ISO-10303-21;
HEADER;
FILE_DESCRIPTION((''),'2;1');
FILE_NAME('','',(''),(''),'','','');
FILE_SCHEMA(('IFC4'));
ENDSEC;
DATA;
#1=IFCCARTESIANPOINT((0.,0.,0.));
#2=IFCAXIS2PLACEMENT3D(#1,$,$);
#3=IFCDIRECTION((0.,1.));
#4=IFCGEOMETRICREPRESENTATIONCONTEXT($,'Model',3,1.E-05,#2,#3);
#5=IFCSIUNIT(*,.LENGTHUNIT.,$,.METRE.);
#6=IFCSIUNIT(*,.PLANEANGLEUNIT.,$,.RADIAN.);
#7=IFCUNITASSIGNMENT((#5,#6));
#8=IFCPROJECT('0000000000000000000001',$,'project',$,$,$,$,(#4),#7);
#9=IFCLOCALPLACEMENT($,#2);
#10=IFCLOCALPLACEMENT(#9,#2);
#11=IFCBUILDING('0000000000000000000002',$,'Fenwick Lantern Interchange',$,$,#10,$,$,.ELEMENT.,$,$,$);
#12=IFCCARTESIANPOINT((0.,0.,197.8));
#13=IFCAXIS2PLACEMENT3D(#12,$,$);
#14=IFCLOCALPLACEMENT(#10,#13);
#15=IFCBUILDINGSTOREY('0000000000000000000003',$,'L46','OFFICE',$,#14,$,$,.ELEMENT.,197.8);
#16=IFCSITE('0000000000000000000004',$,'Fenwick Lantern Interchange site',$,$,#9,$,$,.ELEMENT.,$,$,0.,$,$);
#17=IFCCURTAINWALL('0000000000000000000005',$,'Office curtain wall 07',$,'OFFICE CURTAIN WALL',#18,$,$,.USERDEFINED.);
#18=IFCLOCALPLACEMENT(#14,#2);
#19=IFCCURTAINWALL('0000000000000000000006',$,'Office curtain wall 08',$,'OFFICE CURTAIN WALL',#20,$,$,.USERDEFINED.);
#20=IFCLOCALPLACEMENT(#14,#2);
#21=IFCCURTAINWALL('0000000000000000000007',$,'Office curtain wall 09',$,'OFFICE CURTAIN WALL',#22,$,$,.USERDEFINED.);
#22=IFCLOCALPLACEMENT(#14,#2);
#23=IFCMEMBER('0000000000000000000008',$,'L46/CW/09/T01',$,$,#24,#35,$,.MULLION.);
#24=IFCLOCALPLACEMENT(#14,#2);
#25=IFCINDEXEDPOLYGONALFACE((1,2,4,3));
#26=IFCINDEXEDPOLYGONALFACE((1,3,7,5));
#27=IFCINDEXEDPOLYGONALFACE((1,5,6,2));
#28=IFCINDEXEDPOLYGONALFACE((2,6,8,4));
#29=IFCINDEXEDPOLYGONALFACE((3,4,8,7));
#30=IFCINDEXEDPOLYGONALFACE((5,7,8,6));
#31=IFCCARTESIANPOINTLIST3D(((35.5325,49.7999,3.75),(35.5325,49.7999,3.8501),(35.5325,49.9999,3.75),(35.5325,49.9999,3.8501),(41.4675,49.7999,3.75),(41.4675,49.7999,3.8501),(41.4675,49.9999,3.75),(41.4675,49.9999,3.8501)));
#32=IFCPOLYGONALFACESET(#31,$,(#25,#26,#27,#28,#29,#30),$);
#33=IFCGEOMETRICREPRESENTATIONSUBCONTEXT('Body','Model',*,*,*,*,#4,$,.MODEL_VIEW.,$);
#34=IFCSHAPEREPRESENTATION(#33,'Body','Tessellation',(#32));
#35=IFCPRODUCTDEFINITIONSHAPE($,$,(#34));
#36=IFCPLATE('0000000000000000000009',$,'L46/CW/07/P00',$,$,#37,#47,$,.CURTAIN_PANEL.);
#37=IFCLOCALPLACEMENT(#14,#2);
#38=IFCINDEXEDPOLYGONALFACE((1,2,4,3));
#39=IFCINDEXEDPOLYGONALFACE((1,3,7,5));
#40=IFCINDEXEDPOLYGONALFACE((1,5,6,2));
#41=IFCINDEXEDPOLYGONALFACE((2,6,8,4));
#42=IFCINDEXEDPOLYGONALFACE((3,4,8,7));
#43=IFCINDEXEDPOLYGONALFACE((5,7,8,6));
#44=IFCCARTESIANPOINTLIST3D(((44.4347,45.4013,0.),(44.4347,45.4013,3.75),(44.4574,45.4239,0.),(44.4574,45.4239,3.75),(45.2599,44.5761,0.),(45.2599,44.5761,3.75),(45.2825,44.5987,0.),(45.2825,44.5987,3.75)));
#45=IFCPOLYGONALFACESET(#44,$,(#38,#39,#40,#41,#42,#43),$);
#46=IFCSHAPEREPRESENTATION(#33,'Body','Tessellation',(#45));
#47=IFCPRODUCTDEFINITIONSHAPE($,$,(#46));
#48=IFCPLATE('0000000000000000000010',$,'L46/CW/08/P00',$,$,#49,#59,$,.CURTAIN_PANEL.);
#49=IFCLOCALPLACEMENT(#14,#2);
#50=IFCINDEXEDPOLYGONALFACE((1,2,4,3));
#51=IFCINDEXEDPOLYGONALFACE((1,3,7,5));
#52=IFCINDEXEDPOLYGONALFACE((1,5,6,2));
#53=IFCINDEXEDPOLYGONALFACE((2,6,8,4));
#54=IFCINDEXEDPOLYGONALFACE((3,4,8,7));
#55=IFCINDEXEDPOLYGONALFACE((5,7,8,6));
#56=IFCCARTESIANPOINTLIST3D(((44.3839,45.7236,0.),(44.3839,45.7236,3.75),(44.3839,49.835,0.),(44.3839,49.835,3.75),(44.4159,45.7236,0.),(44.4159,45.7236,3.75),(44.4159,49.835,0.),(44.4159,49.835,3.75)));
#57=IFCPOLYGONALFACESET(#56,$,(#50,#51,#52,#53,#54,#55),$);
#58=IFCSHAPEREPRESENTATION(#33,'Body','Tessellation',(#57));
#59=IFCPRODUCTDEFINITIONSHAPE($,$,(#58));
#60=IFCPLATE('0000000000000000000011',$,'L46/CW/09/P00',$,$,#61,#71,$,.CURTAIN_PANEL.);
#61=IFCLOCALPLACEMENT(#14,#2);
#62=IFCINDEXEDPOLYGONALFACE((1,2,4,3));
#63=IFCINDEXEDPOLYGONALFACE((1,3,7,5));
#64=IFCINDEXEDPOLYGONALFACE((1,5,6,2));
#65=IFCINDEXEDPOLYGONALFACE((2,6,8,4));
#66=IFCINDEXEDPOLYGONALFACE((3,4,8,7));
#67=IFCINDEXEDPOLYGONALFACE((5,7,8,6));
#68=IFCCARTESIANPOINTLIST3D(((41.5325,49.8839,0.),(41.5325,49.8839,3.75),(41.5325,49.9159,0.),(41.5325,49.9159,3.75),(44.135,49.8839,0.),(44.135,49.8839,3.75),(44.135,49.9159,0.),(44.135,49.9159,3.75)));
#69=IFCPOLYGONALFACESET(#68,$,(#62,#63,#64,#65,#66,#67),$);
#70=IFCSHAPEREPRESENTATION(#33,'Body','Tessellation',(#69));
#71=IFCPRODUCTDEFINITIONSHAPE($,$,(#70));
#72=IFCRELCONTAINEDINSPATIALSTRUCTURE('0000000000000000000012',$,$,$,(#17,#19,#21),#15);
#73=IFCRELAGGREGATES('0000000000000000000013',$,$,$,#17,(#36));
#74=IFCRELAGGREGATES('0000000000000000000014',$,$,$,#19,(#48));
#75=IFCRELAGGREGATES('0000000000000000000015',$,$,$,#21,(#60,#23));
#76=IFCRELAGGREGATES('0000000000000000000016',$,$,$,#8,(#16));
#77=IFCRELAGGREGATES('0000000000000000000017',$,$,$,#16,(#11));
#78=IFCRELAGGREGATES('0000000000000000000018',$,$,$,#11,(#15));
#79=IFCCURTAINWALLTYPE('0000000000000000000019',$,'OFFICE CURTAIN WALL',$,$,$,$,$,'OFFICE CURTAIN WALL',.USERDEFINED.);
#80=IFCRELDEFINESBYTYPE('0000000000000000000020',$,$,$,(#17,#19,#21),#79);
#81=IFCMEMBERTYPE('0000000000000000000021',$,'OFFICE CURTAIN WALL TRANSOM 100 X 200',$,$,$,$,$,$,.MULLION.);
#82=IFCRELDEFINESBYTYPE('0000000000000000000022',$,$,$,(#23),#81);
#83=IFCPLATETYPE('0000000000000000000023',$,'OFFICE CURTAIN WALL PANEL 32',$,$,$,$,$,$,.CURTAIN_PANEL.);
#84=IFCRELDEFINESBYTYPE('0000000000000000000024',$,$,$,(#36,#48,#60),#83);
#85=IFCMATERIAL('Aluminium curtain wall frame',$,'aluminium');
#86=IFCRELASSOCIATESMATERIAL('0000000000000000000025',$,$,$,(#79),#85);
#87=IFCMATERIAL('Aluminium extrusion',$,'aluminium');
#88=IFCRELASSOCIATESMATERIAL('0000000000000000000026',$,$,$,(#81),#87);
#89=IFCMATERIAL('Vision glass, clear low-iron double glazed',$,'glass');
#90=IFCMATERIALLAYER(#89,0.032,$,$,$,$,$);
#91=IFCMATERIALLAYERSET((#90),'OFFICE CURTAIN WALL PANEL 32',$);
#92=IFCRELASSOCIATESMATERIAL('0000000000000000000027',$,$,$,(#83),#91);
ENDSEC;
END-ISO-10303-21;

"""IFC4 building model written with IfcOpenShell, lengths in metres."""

from ifc_helpers import new_model, si_unit, direction, frame, origin, origin_2d, place, context, subcontext, project, spatial, rectangle, extrude, material, layer, layer_set, material_profile, profile_set, type_object, element, aggregate, save


model = new_model("IFC4")

# Units and contexts
model_context = context("Model", 3, precision=1e-05, world=origin(), true_north=direction((0.0, 1.0)))
body_context = subcontext(model_context, "Body", "Model", "MODEL_VIEW")
ifc_project = project(units=[si_unit("LENGTHUNIT", "METRE"), si_unit("PLANEANGLEUNIT", "RADIAN")], contexts=[model_context])

# Site, building, storey
site_placement = place(None, origin())
site = spatial("IfcSite", under=ifc_project, at=site_placement, Name="Fenwick Lantern Interchange site", CompositionType="ELEMENT", RefElevation=0.0)
building_placement = place(site_placement, origin())
building = spatial("IfcBuilding", under=site, at=building_placement, Name="Fenwick Lantern Interchange", CompositionType="ELEMENT")
storey_placement = place(building_placement, frame((0.0, 0.0, 197.8)))
storey = spatial("IfcBuildingStorey", under=building, at=storey_placement, Name="L46", Description="OFFICE", CompositionType="ELEMENT", Elevation=197.8)

# Shared definitions
ifc_material_1 = material(Name="Aluminium curtain wall frame", Category="aluminium")
curtain_wall_type = type_object("IfcCurtainWallType", Name="OFFICE CURTAIN WALL", ElementType="OFFICE CURTAIN WALL", PredefinedType="USERDEFINED", material=ifc_material_1)
ifc_material_2 = material(Name="Aluminium extrusion", Category="aluminium")

# Curtain walls
curtain_wall_1_placement = place(storey_placement, origin())
curtain_wall_1 = element("IfcCurtainWall", 1, at=curtain_wall_1_placement, inside=storey, type_object=curtain_wall_type, Name="Office curtain wall 07", ObjectType="OFFICE CURTAIN WALL", PredefinedType="USERDEFINED")
curtain_wall_2_placement = place(storey_placement, origin())
curtain_wall_2 = element("IfcCurtainWall", 2, at=curtain_wall_2_placement, inside=storey, type_object=curtain_wall_type, Name="Office curtain wall 08", ObjectType="OFFICE CURTAIN WALL", PredefinedType="USERDEFINED")
curtain_wall_3_placement = place(storey_placement, origin())
curtain_wall_3 = element("IfcCurtainWall", 3, at=curtain_wall_3_placement, inside=storey, type_object=curtain_wall_type, Name="Office curtain wall 09", ObjectType="OFFICE CURTAIN WALL", PredefinedType="USERDEFINED")

# Member
ifc_material_profile_1 = material_profile(ifc_material_2, rectangle(XDim=0.2, YDim=0.1001, at=origin_2d()), Name="OFFICE CURTAIN WALL TRANSOM 100 X 200")
ifc_profile_set_1 = profile_set([ifc_material_profile_1], Name="Aluminium extrusion")
member_type_1 = type_object("IfcMemberType", Name="OFFICE CURTAIN WALL TRANSOM 100 X 200", PredefinedType="MULLION", material=ifc_profile_set_1)
member_1_placement = place(storey_placement, frame((41.4675, 49.8999, 3.8), z_axis=(-1.0, 0.0, 0.0), x_axis=(0.0, -1.0, 0.0)))
member_1 = element("IfcMember", 4, at=member_1_placement, type_object=member_type_1, Name="L46/CW/09/T01", PredefinedType="MULLION", context=body_context, shape_type="SweptSolid", body=[
    extrude(rectangle(XDim=0.2, YDim=0.1001, at=origin_2d()), origin(), (0.0, 0.0, 1.0), 5.9351),
])

# Plates
ifc_material_3 = material(Name="Vision glass, clear low-iron double glazed", Category="glass")
ifc_layer_1 = layer(ifc_material_3, 0.032)
ifc_layer_set_1 = layer_set([ifc_layer_1], Name="OFFICE CURTAIN WALL PANEL 32")
plate_type = type_object("IfcPlateType", Name="OFFICE CURTAIN WALL PANEL 32", PredefinedType="CURTAIN_PANEL", material=ifc_layer_set_1)
plate_1_placement = place(storey_placement, frame((44.8586, 45.0, 0.0), z_axis=(0.0, 0.0, 1.0), x_axis=(-0.707107, 0.707107, 0.0)))
plate_1 = element("IfcPlate", 5, at=plate_1_placement, type_object=plate_type, Name="L46/CW/07/P00", PredefinedType="CURTAIN_PANEL", context=body_context, shape_type="SweptSolid", body=[
    extrude(rectangle(XDim=1.167, YDim=0.032, at=origin_2d()), origin(), (0.0, 0.0, 1.0), 3.75),
])
aggregate(curtain_wall_1, [plate_1])
plate_2_placement = place(storey_placement, frame((44.3999, 47.7793, 0.0), z_axis=(0.0, 0.0, 1.0), x_axis=(0.0, 1.0, 0.0)))
plate_2 = element("IfcPlate", 6, at=plate_2_placement, type_object=plate_type, Name="L46/CW/08/P00", PredefinedType="CURTAIN_PANEL", context=body_context, shape_type="SweptSolid", body=[
    extrude(rectangle(XDim=4.1113, YDim=0.032, at=origin_2d()), origin(), (0.0, 0.0, 1.0), 3.75),
])
aggregate(curtain_wall_2, [plate_2])
plate_3_placement = place(storey_placement, frame((42.8337, 49.8999, 0.0), z_axis=(0.0, 0.0, 1.0), x_axis=(-1.0, 0.0, 0.0)))
plate_3 = element("IfcPlate", 7, at=plate_3_placement, type_object=plate_type, Name="L46/CW/09/P00", PredefinedType="CURTAIN_PANEL", context=body_context, shape_type="SweptSolid", body=[
    extrude(rectangle(XDim=2.6025, YDim=0.032, at=origin_2d()), origin(), (0.0, 0.0, 1.0), 3.75),
])
aggregate(curtain_wall_3, [plate_3, member_1])

save(model, "model.ifc")
